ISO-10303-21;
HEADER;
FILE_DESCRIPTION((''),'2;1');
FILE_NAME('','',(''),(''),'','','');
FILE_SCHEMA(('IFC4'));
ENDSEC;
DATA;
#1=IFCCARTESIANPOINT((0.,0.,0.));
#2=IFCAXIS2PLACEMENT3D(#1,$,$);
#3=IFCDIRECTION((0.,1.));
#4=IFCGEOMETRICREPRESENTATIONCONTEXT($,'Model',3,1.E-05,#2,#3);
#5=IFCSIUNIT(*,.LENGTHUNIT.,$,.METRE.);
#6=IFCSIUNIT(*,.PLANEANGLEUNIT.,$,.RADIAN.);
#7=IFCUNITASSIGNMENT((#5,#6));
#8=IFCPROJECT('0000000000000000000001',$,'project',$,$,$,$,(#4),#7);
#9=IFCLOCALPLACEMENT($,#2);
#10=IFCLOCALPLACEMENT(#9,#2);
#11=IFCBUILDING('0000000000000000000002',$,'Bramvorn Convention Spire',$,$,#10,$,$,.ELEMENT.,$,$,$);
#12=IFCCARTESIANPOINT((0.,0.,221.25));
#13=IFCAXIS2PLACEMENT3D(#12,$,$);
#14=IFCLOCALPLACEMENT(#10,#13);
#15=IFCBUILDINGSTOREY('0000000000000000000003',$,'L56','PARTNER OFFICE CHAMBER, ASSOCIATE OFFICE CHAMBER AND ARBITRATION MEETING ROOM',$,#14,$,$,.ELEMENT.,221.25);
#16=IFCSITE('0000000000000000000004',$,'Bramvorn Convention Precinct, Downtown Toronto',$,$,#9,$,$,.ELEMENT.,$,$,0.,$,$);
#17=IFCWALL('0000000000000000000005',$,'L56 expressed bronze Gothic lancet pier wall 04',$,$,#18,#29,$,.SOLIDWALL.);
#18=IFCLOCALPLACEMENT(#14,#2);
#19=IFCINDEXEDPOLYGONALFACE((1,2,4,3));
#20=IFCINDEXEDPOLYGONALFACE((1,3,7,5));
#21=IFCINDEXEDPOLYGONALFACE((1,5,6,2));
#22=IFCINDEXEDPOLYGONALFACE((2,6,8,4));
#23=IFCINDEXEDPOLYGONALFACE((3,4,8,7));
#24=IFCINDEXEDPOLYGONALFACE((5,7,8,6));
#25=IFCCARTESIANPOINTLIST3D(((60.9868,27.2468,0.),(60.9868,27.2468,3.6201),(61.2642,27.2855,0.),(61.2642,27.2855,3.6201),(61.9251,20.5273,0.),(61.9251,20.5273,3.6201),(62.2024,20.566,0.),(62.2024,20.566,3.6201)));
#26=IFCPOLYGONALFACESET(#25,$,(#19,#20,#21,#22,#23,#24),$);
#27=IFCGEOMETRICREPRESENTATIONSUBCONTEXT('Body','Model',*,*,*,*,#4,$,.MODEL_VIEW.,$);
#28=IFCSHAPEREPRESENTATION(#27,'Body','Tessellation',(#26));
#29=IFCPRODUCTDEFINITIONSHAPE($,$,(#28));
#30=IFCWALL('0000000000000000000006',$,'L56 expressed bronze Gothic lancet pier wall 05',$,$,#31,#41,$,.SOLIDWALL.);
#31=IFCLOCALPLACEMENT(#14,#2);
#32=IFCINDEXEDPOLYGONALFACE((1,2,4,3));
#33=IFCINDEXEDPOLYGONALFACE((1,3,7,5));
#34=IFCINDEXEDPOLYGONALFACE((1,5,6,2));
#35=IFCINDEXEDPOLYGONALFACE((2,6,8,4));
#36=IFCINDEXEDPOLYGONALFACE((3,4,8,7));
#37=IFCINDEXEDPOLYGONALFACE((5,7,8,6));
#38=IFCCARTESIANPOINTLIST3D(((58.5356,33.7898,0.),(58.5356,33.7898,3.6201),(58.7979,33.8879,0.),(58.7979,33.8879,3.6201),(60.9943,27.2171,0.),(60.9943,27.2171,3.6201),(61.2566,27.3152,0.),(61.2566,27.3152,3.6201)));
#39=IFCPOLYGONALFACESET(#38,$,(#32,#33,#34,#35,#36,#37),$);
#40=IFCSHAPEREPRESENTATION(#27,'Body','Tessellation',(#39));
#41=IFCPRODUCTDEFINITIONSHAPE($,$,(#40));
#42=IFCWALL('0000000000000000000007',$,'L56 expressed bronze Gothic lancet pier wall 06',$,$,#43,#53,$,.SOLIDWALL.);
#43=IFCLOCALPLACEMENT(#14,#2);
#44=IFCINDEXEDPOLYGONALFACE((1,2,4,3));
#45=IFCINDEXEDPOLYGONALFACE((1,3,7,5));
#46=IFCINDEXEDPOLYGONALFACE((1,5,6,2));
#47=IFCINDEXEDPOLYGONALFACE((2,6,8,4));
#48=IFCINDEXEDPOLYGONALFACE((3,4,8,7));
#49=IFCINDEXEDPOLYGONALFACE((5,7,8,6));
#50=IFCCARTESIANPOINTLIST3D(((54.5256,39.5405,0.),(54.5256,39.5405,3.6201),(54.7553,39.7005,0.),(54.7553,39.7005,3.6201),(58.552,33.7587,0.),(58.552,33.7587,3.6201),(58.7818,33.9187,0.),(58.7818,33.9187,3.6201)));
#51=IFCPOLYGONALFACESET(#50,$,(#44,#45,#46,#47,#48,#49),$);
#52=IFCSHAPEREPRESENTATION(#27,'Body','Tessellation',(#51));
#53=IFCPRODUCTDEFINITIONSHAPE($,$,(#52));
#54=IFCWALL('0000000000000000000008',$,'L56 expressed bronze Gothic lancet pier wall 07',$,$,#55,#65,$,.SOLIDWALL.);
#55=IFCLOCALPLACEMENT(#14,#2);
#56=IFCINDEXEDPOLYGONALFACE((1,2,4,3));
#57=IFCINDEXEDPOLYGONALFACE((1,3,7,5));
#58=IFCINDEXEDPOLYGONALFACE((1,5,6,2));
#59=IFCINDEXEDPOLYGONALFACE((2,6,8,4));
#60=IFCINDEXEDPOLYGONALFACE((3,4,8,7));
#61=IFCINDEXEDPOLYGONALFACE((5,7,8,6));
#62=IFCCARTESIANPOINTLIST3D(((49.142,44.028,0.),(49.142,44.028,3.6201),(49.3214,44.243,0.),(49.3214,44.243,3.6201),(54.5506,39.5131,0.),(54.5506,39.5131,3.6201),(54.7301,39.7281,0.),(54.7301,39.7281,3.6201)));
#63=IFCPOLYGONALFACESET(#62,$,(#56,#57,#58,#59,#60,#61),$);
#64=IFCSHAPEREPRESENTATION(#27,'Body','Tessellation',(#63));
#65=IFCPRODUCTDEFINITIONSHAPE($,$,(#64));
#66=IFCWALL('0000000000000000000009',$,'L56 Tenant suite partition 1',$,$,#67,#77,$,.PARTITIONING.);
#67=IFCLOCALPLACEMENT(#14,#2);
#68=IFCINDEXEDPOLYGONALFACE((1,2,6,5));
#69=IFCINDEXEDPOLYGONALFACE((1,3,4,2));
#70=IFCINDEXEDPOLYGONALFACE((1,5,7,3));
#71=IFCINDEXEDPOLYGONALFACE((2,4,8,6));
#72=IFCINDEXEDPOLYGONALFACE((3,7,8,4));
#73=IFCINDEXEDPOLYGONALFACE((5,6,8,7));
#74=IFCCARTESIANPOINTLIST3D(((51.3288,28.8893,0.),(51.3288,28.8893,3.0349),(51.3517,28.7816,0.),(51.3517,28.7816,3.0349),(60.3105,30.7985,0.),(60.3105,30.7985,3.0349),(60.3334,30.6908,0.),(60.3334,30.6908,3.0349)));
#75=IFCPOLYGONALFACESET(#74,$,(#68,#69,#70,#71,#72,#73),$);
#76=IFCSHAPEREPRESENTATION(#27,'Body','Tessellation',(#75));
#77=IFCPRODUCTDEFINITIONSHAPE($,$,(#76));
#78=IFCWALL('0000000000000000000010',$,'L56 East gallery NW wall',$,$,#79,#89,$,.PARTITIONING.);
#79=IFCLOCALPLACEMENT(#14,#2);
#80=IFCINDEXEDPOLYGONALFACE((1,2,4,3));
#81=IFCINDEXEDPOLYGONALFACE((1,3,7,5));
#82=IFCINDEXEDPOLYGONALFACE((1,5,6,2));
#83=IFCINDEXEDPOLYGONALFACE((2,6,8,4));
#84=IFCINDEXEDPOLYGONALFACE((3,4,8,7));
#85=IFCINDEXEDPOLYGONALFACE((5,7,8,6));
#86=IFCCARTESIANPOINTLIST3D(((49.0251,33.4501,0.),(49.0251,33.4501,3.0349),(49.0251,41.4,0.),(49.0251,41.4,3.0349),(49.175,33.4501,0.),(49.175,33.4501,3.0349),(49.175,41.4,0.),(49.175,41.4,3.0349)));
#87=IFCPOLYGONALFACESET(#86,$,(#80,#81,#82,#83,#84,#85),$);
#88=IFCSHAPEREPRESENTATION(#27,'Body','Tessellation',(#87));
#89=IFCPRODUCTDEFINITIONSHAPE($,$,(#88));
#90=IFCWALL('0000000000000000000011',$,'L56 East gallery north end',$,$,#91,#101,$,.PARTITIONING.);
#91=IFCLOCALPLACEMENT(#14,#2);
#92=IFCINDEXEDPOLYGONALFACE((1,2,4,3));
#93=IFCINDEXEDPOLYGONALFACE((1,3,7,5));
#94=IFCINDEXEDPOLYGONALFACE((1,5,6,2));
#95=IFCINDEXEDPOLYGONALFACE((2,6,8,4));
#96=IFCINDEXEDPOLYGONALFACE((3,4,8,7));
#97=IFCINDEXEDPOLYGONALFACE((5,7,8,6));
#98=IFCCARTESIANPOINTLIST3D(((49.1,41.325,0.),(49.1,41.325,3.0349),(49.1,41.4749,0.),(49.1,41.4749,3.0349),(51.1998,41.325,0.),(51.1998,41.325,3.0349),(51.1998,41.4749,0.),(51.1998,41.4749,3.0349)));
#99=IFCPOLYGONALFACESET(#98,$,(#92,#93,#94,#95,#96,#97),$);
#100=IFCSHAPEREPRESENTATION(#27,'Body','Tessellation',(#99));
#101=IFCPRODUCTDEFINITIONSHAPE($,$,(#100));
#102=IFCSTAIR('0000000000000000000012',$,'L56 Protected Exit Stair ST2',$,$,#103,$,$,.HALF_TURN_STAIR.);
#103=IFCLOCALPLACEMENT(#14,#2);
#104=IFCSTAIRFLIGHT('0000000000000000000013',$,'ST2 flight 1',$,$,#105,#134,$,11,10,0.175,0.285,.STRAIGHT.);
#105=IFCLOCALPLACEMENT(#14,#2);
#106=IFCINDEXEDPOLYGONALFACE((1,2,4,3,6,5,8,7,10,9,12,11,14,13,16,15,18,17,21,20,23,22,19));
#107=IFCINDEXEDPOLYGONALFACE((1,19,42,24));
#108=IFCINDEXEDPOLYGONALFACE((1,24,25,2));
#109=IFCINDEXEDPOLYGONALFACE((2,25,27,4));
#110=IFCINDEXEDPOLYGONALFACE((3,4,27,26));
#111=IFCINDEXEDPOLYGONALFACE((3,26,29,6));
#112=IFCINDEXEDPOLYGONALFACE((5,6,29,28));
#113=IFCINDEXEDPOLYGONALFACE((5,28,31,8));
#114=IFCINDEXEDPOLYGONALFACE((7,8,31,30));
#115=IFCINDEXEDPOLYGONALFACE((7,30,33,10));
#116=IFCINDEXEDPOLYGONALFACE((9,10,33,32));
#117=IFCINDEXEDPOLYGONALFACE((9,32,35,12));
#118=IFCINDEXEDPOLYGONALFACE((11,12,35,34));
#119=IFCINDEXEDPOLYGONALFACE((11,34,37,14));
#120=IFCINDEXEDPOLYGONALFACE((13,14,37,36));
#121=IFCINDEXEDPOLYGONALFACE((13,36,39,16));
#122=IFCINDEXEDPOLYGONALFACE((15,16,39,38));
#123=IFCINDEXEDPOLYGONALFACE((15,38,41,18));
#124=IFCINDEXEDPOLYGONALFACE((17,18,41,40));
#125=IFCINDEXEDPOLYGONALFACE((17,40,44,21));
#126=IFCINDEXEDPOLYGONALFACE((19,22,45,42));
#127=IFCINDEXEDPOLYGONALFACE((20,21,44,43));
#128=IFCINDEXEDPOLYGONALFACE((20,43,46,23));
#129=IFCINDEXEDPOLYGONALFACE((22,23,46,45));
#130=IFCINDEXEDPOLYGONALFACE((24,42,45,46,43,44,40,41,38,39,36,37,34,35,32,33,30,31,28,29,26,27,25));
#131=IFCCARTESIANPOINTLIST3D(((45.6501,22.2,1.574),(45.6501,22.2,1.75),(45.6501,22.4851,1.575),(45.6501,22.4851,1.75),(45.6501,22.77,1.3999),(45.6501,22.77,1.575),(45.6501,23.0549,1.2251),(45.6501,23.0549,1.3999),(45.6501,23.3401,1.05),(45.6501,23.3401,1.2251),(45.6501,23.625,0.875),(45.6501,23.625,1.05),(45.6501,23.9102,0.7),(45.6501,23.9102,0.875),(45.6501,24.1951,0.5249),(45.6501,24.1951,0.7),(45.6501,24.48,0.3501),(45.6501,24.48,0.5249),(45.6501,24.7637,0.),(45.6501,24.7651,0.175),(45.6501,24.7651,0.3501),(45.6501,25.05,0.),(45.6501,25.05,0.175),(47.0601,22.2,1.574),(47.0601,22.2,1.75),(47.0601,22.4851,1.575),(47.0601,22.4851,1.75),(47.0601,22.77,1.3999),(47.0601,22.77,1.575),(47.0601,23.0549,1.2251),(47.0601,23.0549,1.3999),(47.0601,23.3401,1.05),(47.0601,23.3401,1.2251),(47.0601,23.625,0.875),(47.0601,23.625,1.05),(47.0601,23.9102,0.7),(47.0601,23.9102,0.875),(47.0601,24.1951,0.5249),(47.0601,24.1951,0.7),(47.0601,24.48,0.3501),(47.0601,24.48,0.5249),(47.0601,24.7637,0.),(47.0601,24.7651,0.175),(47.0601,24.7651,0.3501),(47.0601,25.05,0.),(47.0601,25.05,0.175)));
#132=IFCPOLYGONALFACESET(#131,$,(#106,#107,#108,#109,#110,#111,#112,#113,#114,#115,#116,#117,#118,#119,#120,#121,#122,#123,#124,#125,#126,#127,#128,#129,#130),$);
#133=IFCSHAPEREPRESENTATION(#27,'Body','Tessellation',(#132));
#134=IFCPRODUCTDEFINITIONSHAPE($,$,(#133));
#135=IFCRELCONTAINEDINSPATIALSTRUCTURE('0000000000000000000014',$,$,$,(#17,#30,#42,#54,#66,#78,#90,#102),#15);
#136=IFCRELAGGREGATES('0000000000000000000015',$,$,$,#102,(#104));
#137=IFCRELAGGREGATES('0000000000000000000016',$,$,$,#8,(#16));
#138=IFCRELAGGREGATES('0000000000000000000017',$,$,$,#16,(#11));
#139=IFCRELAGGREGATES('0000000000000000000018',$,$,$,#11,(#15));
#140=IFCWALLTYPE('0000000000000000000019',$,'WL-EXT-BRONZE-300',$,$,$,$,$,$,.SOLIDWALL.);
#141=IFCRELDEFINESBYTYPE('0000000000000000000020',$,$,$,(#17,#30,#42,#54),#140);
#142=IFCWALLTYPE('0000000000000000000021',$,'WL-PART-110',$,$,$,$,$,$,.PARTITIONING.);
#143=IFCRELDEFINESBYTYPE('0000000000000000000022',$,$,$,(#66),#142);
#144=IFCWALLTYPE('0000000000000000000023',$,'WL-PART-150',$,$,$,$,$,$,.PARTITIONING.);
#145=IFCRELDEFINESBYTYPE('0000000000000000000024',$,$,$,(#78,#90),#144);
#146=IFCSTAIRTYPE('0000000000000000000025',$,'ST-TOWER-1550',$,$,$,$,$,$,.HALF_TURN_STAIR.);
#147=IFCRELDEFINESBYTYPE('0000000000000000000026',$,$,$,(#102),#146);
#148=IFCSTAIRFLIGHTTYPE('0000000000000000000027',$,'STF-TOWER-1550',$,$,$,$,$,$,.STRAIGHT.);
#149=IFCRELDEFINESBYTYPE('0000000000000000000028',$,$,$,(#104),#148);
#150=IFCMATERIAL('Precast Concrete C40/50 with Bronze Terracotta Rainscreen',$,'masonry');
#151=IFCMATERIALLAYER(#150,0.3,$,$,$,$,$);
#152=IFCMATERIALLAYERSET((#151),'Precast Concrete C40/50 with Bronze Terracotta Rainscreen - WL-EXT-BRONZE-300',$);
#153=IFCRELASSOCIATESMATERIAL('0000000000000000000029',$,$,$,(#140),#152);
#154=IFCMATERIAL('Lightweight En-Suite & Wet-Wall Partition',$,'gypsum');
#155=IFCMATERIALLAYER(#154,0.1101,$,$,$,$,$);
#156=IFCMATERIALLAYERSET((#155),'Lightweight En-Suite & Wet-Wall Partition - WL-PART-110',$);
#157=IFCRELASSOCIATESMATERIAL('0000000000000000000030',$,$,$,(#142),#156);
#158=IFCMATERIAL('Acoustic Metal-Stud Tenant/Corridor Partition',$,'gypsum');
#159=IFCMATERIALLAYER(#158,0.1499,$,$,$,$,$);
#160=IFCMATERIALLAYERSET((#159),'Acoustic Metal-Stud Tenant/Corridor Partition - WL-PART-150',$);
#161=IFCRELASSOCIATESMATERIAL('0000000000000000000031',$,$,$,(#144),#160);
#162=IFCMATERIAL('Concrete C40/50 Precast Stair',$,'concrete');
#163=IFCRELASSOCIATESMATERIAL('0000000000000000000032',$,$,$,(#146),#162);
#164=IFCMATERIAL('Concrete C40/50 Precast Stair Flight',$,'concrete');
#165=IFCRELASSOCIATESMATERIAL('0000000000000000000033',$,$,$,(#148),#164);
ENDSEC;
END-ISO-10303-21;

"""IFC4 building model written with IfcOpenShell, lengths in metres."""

from ifc_helpers import new_model, si_unit, direction, frame, frame_2d, origin, place, context, subcontext, project, spatial, polyline, rectangle, outline, extrude, material, layer, layer_set, type_object, element, aggregate, save


model = new_model("IFC4")

# Units and contexts
model_context = context("Model", 3, precision=1e-05, world=origin(), true_north=direction((0.0, 1.0)))
body_context = subcontext(model_context, "Body", "Model", "MODEL_VIEW")
ifc_project = project(units=[si_unit("LENGTHUNIT", "METRE"), si_unit("PLANEANGLEUNIT", "RADIAN")], contexts=[model_context])

# Site, building, storey
site_placement = place(None, origin())
site = spatial("IfcSite", under=ifc_project, at=site_placement, Name="Bramvorn Convention Precinct, Downtown Toronto", CompositionType="ELEMENT", RefElevation=0.0)
building_placement = place(site_placement, origin())
building = spatial("IfcBuilding", under=site, at=building_placement, Name="Bramvorn Convention Spire", CompositionType="ELEMENT")
storey_placement = place(building_placement, frame((0.0, 0.0, 221.25)))
storey = spatial("IfcBuildingStorey", under=building, at=storey_placement, Name="L56", Description="PARTNER OFFICE CHAMBER, ASSOCIATE OFFICE CHAMBER AND ARBITRATION MEETING ROOM", CompositionType="ELEMENT", Elevation=221.25)

# Walls
ifc_material_1 = material(Name="Precast Concrete C40/50 with Bronze Terracotta Rainscreen", Category="masonry")
ifc_layer_1 = layer(ifc_material_1, 0.3)
ifc_layer_set_1 = layer_set([ifc_layer_1], Name="Precast Concrete C40/50 with Bronze Terracotta Rainscreen - WL-EXT-BRONZE-300")
wall_type_1 = type_object("IfcWallType", Name="WL-EXT-BRONZE-300", PredefinedType="SOLIDWALL", material=ifc_layer_set_1)
wall_1_placement = place(storey_placement, frame((61.1255, 27.2661, 0.0), z_axis=(0.0, 0.0, 1.0), x_axis=(0.138287, -0.990392, 0.0)))
element("IfcWall", 1, at=wall_1_placement, inside=storey, type_object=wall_type_1, Name="L56 expressed bronze Gothic lancet pier wall 04", PredefinedType="SOLIDWALL", context=body_context, shape_type="SweptSolid", body=[
    extrude(rectangle(XDim=6.7847, YDim=0.28, at=frame_2d((3.3923, 0.0))), origin(), (0.0, 0.0, 1.0), 3.6201),
])
wall_2_placement = place(storey_placement, frame((58.6667, 33.8389, 0.0), z_axis=(0.0, 0.0, 1.0), x_axis=(0.350368, -0.936612, 0.0)))
element("IfcWall", 2, at=wall_2_placement, inside=storey, type_object=wall_type_1, Name="L56 expressed bronze Gothic lancet pier wall 05", PredefinedType="SOLIDWALL", context=body_context, shape_type="SweptSolid", body=[
    extrude(rectangle(XDim=7.0176, YDim=0.28, at=frame_2d((3.5088, 0.0))), origin(), (0.0, 0.0, 1.0), 3.6201),
])
wall_3_placement = place(storey_placement, frame((54.6404, 39.6206, 0.0), z_axis=(0.0, 0.0, 1.0), x_axis=(0.571475, -0.82062, 0.0)))
element("IfcWall", 3, at=wall_3_placement, inside=storey, type_object=wall_type_1, Name="L56 expressed bronze Gothic lancet pier wall 06", PredefinedType="SOLIDWALL", context=body_context, shape_type="SweptSolid", body=[
    extrude(rectangle(XDim=7.0457, YDim=0.28, at=frame_2d((3.5229, 0.0))), origin(), (0.0, 0.0, 1.0), 3.6201),
])
wall_4_placement = place(storey_placement, frame((49.2317, 44.1355, 0.0), z_axis=(0.0, 0.0, 1.0), x_axis=(0.767687, -0.640825, 0.0)))
element("IfcWall", 4, at=wall_4_placement, inside=storey, type_object=wall_type_1, Name="L56 expressed bronze Gothic lancet pier wall 07", PredefinedType="SOLIDWALL", context=body_context, shape_type="SweptSolid", body=[
    extrude(rectangle(XDim=7.0454, YDim=0.28, at=frame_2d((3.5227, 0.0))), origin(), (0.0, 0.0, 1.0), 3.6201),
])
ifc_material_2 = material(Name="Lightweight En-Suite & Wet-Wall Partition", Category="gypsum")
ifc_layer_2 = layer(ifc_material_2, 0.1101)
ifc_layer_set_2 = layer_set([ifc_layer_2], Name="Lightweight En-Suite & Wet-Wall Partition - WL-PART-110")
wall_type_2 = type_object("IfcWallType", Name="WL-PART-110", PredefinedType="PARTITIONING", material=ifc_layer_set_2)
wall_5_placement = place(storey_placement, frame((51.3401, 28.8354, 0.0), z_axis=(0.0, 0.0, 1.0), x_axis=(0.978146, 0.207918, 0.0)))
element("IfcWall", 5, at=wall_5_placement, inside=storey, type_object=wall_type_2, Name="L56 Tenant suite partition 1", PredefinedType="PARTITIONING", context=body_context, shape_type="SweptSolid", body=[
    extrude(rectangle(XDim=9.1824, YDim=0.1101, at=frame_2d((4.5913, 0.0))), origin(), (0.0, 0.0, 1.0), 3.0349),
])
ifc_material_3 = material(Name="Acoustic Metal-Stud Tenant/Corridor Partition", Category="gypsum")
ifc_layer_3 = layer(ifc_material_3, 0.1499)
ifc_layer_set_3 = layer_set([ifc_layer_3], Name="Acoustic Metal-Stud Tenant/Corridor Partition - WL-PART-150")
wall_type_3 = type_object("IfcWallType", Name="WL-PART-150", PredefinedType="PARTITIONING", material=ifc_layer_set_3)
wall_6_placement = place(storey_placement, frame((49.1001, 33.45, 0.0), z_axis=(0.0, 0.0, 1.0), x_axis=(0.0, 1.0, 0.0)))
element("IfcWall", 6, at=wall_6_placement, inside=storey, type_object=wall_type_3, Name="L56 East gallery NW wall", PredefinedType="PARTITIONING", context=body_context, shape_type="SweptSolid", body=[
    extrude(rectangle(XDim=7.95, YDim=0.1499, at=frame_2d((3.9751, 0.0))), origin(), (0.0, 0.0, 1.0), 3.0349),
])
wall_7_placement = place(storey_placement, frame((49.1001, 41.3999, 0.0), z_axis=(0.0, 0.0, 1.0), x_axis=(1.0, 0.0, 0.0)))
element("IfcWall", 7, at=wall_7_placement, inside=storey, type_object=wall_type_3, Name="L56 East gallery north end", PredefinedType="PARTITIONING", context=body_context, shape_type="SweptSolid", body=[
    extrude(rectangle(XDim=2.0999, YDim=0.1499, at=frame_2d((1.0498, 0.0))), origin(), (0.0, 0.0, 1.0), 3.0349),
])

# Stair, stair flight
ifc_material_4 = material(Name="Concrete C40/50 Precast Stair", Category="concrete")
stair_type = type_object("IfcStairType", Name="ST-TOWER-1550", PredefinedType="HALF_TURN_STAIR", material=ifc_material_4)
stair_placement = place(storey_placement, origin())
stair = element("IfcStair", 8, at=stair_placement, inside=storey, type_object=stair_type, Name="L56 Protected Exit Stair ST2", PredefinedType="HALF_TURN_STAIR")
ifc_material_5 = material(Name="Concrete C40/50 Precast Stair Flight", Category="concrete")
stair_flight_type = type_object("IfcStairFlightType", Name="STF-TOWER-1550", PredefinedType="STRAIGHT", material=ifc_material_5)
stair_flight_placement = place(storey_placement, frame((46.355, 25.05, 0.0), z_axis=(0.0, 0.0, 1.0), x_axis=(0.0, -1.0, 0.0)))
stair_flight = element("IfcStairFlight", 9, at=stair_flight_placement, type_object=stair_flight_type, Name="ST2 flight 1", NumberOfRisers=11, NumberOfTreads=10, PredefinedType="STRAIGHT", RiserHeight=0.175, TreadLength=0.285, context=body_context, shape_type="SweptSolid", body=[
    extrude(outline(polyline([(0.0, 0.0), (0.0, 0.175), (0.2849, 0.175), (0.2849, 0.3501), (0.5701, 0.3501), (0.5701, 0.5249), (0.855, 0.5249), (0.855, 0.7), (1.1399, 0.7), (1.1399, 0.875), (1.425, 0.875), (1.425, 1.05), (1.71, 1.05), (1.71, 1.2251), (1.9951, 1.2251), (1.9951, 1.3999), (2.28, 1.3999), (2.28, 1.575), (2.5649, 1.575), (2.5649, 1.75), (2.8501, 1.75), (2.8501, 1.925), (2.8501, 1.574), (0.2864, 0.0), (0.0, 0.0)])), frame((0.0, 0.7051, 0.0), z_axis=(0.0, -1.0, 0.0), x_axis=(1.0, 0.0, 0.0)), (0.0, 0.0, 1.0), 1.4099),
])
aggregate(stair, [stair_flight])

save(model, "model.ifc")
